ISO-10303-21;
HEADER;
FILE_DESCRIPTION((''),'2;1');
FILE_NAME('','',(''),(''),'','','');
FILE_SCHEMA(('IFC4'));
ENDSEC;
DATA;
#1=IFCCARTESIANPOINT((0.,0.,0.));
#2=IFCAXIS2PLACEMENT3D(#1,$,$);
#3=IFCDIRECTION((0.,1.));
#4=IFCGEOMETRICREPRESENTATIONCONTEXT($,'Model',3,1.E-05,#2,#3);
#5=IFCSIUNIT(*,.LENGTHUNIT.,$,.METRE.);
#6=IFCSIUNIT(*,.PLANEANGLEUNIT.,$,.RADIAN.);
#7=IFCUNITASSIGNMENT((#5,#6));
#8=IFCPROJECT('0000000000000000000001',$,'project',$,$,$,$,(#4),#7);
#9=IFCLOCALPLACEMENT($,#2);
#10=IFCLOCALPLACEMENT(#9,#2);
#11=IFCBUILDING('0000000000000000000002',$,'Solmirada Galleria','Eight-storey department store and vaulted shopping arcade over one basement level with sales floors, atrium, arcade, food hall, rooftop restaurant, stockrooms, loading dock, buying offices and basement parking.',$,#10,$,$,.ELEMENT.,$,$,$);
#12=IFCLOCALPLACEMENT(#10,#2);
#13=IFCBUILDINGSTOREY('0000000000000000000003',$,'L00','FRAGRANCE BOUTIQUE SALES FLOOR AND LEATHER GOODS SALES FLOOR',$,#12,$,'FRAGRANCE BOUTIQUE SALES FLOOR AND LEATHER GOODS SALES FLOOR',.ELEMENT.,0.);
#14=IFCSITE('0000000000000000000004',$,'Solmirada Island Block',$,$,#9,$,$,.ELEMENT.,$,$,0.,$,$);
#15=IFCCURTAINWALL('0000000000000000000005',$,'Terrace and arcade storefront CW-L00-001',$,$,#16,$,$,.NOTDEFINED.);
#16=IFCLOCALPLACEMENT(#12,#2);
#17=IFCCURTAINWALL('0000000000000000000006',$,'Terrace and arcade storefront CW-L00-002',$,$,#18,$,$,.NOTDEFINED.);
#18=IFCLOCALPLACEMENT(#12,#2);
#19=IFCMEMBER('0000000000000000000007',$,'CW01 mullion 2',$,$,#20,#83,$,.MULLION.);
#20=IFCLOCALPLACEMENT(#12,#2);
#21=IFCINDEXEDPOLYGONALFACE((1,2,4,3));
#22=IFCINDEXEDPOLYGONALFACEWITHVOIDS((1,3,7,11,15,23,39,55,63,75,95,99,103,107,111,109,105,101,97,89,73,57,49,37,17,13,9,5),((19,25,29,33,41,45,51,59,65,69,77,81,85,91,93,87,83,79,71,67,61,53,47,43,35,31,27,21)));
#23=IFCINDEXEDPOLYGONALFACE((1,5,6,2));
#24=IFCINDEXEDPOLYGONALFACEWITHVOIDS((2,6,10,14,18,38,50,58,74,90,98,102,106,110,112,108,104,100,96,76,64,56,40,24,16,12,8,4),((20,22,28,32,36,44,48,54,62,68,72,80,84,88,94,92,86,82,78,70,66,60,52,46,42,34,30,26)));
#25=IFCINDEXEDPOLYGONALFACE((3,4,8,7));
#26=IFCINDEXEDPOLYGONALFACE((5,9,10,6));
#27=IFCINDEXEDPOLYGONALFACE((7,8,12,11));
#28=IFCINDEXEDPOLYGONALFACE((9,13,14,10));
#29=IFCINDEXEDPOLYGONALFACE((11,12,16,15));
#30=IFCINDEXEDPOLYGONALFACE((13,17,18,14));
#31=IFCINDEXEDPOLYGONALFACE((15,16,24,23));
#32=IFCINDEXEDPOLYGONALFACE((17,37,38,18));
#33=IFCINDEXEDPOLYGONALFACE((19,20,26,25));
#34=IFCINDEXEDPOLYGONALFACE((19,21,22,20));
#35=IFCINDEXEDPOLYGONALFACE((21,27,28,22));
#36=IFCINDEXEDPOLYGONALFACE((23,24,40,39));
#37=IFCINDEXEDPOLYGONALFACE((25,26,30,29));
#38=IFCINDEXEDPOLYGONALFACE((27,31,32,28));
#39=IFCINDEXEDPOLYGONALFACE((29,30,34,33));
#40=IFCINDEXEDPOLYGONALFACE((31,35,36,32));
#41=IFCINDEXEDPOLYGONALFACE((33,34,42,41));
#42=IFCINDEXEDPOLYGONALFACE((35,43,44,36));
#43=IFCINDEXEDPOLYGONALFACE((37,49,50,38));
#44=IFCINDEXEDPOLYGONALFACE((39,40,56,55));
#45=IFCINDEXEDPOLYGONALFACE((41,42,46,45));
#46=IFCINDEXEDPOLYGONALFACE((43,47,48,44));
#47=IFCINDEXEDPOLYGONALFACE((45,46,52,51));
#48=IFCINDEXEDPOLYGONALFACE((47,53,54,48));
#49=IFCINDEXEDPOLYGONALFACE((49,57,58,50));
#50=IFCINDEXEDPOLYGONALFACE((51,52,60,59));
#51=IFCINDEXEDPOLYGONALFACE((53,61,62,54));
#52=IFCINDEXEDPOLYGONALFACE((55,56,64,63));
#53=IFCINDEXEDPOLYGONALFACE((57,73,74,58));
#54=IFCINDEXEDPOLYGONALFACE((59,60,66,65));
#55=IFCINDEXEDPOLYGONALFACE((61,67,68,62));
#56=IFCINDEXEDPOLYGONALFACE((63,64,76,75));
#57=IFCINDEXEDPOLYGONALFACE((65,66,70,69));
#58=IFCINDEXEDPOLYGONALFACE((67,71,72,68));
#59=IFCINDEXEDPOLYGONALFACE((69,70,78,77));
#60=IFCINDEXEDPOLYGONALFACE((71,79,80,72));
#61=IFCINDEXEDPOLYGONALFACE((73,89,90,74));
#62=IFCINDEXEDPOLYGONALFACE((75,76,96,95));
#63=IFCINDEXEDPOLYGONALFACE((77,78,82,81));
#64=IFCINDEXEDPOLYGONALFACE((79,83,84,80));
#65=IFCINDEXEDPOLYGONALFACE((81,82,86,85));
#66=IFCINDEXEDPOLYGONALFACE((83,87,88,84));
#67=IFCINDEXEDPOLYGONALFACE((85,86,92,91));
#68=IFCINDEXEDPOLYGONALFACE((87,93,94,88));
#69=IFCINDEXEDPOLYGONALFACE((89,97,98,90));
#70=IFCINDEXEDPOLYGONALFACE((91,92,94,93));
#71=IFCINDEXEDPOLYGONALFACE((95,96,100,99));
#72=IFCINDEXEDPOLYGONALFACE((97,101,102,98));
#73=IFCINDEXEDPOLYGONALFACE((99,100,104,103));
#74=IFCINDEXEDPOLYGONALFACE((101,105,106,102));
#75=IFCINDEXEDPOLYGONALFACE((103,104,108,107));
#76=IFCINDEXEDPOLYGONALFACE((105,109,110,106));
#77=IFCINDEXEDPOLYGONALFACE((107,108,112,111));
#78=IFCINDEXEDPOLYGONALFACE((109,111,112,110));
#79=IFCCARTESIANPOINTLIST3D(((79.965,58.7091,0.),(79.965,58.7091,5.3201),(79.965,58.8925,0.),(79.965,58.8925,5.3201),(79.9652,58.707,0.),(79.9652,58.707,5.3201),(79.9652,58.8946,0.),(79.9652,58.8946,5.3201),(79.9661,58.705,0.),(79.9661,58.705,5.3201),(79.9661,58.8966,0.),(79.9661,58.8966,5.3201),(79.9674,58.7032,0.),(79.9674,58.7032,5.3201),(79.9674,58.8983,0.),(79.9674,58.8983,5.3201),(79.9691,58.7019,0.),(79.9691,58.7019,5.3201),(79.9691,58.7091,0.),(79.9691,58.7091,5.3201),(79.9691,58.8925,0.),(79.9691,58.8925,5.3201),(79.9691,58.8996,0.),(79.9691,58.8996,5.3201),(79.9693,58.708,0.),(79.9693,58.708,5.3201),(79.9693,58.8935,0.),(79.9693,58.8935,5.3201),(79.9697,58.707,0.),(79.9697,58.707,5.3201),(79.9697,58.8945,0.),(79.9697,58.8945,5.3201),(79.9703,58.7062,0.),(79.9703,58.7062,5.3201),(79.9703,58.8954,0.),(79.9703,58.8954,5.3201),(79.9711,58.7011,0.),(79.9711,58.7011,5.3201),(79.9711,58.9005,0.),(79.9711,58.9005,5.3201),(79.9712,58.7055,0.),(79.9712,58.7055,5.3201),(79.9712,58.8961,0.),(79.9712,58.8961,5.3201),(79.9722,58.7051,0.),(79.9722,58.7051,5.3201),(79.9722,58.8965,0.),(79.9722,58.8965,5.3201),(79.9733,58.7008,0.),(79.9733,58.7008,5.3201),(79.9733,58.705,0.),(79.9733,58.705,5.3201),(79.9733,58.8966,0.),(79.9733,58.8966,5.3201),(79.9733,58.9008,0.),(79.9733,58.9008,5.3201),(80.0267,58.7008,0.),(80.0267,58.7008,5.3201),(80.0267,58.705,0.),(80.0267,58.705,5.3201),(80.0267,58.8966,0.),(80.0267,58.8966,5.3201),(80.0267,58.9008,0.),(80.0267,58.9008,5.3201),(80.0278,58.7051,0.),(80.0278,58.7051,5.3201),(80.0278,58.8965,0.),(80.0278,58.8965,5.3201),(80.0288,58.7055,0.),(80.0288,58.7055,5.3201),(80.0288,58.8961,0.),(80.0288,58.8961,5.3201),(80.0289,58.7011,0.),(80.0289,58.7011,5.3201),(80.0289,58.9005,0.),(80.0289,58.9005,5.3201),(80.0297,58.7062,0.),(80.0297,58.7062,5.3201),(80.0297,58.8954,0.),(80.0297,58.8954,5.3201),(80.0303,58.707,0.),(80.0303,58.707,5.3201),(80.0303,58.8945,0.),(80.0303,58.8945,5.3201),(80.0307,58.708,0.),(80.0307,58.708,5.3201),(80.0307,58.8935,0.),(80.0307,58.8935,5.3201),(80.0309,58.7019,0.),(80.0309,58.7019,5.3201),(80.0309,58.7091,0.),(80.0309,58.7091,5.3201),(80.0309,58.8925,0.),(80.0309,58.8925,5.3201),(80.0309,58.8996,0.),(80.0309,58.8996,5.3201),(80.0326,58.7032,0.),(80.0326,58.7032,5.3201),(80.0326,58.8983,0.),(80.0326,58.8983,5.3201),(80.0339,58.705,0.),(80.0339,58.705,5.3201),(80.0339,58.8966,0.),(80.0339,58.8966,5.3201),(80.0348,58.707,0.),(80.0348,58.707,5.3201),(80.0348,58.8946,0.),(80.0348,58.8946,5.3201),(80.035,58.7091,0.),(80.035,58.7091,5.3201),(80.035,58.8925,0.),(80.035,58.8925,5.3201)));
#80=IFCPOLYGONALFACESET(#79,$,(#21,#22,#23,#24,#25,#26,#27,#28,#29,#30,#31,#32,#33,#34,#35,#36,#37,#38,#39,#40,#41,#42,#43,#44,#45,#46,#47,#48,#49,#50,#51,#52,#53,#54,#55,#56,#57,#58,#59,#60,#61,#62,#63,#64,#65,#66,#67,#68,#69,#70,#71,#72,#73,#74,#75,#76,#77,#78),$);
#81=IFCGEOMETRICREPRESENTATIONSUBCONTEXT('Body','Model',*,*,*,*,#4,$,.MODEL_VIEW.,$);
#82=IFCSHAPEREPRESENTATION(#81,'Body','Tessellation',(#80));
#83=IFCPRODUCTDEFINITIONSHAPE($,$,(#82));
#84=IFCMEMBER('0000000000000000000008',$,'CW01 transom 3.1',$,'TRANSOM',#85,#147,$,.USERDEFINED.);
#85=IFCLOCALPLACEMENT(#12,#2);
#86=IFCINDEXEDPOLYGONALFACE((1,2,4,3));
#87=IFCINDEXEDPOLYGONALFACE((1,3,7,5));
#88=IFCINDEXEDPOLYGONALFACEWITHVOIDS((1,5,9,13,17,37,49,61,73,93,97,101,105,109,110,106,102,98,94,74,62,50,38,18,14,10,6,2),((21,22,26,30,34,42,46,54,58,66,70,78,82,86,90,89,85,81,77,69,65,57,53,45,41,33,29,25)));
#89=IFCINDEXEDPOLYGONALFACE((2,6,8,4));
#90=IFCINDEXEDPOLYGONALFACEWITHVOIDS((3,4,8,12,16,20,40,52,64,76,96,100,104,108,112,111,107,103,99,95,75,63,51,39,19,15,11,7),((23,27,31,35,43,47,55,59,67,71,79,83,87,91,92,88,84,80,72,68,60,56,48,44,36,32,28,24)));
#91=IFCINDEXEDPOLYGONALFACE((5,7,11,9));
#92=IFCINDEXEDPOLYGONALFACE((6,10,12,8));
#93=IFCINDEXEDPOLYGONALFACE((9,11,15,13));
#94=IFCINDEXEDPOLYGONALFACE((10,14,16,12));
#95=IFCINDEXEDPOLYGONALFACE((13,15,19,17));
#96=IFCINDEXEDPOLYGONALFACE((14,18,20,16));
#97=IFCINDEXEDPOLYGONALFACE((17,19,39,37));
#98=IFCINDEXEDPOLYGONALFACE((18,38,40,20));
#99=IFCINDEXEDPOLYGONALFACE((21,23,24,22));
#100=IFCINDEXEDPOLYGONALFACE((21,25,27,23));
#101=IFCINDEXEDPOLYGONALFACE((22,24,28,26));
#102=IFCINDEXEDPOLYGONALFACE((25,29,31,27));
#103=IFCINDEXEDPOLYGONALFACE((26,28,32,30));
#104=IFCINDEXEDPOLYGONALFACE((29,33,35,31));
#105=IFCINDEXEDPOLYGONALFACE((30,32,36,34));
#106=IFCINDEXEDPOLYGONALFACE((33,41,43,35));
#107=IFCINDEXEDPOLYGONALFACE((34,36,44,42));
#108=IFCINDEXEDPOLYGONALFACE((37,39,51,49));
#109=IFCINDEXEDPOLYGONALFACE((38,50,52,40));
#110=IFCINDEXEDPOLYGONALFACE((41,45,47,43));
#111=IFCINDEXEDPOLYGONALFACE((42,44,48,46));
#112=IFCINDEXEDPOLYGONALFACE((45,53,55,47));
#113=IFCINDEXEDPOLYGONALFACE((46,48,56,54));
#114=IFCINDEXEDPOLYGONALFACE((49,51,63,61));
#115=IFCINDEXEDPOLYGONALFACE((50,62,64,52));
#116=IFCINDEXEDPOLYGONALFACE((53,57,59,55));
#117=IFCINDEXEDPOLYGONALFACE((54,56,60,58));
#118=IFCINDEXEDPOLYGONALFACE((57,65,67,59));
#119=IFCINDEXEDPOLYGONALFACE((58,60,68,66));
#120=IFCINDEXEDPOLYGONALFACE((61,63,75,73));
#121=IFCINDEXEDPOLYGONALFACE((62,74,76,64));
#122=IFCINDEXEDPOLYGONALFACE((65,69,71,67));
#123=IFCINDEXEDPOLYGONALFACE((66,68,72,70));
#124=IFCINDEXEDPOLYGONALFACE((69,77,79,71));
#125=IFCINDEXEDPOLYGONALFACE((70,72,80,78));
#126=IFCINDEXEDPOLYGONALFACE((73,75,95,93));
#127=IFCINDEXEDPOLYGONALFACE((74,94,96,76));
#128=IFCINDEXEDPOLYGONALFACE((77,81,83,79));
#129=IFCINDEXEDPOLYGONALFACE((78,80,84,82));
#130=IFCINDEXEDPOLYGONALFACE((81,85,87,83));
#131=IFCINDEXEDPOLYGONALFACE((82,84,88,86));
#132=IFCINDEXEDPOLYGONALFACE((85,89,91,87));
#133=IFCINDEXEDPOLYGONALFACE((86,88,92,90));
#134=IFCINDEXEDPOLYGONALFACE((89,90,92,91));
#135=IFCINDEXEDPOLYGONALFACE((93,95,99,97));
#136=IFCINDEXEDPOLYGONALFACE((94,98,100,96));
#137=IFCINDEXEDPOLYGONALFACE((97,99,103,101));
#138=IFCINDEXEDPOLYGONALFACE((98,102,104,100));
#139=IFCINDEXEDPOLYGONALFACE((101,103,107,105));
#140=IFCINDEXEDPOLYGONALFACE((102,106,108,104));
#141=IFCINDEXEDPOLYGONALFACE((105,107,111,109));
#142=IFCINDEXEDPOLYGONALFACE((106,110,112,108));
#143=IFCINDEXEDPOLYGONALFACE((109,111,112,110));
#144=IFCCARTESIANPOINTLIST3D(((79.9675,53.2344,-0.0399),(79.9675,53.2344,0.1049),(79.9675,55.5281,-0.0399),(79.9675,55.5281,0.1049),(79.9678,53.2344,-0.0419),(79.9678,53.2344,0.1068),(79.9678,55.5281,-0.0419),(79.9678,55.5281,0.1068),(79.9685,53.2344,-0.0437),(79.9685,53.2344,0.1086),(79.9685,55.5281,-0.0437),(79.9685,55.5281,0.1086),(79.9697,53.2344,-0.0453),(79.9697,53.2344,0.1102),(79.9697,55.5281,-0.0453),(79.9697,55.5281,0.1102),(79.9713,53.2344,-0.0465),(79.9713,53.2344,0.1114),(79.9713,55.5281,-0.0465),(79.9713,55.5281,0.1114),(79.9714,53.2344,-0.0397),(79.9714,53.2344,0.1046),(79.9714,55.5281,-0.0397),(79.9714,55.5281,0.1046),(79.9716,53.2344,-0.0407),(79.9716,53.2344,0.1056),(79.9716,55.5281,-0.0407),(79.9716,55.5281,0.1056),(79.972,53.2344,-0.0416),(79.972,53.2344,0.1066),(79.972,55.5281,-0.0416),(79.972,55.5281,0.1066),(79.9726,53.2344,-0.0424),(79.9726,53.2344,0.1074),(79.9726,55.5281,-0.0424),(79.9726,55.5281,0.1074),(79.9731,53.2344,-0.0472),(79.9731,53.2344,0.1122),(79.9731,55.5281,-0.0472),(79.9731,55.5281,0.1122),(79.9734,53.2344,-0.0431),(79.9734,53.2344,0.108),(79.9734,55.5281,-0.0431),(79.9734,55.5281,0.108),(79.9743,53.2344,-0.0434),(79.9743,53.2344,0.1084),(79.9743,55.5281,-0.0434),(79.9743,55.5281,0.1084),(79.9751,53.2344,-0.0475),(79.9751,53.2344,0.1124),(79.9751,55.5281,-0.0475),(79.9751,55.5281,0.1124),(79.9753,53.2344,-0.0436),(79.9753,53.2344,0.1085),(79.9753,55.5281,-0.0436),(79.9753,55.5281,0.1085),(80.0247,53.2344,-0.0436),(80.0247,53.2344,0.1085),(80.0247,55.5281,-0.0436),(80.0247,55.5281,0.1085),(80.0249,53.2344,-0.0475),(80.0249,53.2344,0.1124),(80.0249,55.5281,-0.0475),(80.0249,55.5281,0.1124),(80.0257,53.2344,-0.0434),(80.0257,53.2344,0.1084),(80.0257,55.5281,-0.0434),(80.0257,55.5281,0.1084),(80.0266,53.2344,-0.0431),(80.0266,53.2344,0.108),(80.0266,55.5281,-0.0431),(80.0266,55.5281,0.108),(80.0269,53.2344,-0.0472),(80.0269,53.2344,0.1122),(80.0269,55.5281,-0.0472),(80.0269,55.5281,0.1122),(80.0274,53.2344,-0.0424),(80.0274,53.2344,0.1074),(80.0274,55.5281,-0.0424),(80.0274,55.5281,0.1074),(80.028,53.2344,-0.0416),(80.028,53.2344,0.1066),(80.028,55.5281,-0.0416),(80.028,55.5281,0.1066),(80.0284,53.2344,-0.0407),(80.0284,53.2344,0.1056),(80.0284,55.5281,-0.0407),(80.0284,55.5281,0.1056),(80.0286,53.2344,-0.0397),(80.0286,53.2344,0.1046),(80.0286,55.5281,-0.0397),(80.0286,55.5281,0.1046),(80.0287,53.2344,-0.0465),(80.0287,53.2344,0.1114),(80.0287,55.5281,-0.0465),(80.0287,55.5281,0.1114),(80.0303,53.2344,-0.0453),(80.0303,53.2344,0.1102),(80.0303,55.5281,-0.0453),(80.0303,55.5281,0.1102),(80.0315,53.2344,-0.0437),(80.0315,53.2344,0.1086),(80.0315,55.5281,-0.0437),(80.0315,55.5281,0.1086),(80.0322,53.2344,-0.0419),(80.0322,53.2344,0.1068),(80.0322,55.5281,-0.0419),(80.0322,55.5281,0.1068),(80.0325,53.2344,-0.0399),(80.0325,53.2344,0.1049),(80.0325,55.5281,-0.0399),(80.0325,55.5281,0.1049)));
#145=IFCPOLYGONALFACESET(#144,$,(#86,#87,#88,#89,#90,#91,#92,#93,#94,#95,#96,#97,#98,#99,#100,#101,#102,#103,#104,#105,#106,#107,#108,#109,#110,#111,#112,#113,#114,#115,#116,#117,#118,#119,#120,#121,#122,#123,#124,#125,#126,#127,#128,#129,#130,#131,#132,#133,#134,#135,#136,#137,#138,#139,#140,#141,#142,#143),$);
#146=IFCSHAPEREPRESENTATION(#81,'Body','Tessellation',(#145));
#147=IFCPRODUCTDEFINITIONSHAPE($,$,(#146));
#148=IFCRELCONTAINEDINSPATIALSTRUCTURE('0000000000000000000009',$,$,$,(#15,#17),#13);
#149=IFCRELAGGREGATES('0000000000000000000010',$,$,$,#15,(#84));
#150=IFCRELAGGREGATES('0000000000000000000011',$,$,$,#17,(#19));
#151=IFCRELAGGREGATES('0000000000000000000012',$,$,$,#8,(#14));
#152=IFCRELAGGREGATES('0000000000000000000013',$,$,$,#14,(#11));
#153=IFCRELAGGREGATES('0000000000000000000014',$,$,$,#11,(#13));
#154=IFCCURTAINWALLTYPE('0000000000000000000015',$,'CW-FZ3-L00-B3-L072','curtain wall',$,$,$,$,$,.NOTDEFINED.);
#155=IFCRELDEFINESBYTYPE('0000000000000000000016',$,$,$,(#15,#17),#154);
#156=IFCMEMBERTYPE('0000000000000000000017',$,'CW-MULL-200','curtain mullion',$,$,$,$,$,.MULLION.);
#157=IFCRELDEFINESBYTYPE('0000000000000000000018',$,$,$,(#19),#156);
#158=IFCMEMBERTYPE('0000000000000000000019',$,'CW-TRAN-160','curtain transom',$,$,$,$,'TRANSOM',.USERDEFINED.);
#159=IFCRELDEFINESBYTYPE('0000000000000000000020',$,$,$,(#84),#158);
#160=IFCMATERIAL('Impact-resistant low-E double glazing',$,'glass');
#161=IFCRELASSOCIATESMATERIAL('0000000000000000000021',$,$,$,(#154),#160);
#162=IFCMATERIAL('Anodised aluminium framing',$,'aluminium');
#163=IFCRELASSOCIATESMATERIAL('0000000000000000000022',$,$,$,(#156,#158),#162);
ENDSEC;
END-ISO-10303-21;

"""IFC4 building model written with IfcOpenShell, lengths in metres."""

from ifc_helpers import new_model, si_unit, direction, frame, origin, origin_2d, place, context, subcontext, project, spatial, hollow_rectangle, extrude, material, material_profile, profile_set, type_object, element, aggregate, save


model = new_model("IFC4")

# Units and contexts
model_context = context("Model", 3, precision=1e-05, world=origin(), true_north=direction((0.0, 1.0)))
body_context = subcontext(model_context, "Body", "Model", "MODEL_VIEW")
ifc_project = project(units=[si_unit("LENGTHUNIT", "METRE"), si_unit("PLANEANGLEUNIT", "RADIAN")], contexts=[model_context])

# Site, building, storey
site_placement = place(None, origin())
site = spatial("IfcSite", under=ifc_project, at=site_placement, Name="Solmirada Island Block", CompositionType="ELEMENT", RefElevation=0.0)
building_placement = place(site_placement, origin())
building = spatial("IfcBuilding", under=site, at=building_placement, Name="Solmirada Galleria", Description="Eight-storey department store and vaulted shopping arcade over one basement level with sales floors, atrium, arcade, food hall, rooftop restaurant, stockrooms, loading dock, buying offices and basement parking.", CompositionType="ELEMENT")
storey_placement = place(building_placement, origin())
storey = spatial("IfcBuildingStorey", under=building, at=storey_placement, Name="L00", Description="FRAGRANCE BOUTIQUE SALES FLOOR AND LEATHER GOODS SALES FLOOR", LongName="FRAGRANCE BOUTIQUE SALES FLOOR AND LEATHER GOODS SALES FLOOR", CompositionType="ELEMENT", Elevation=0.0)

# Curtain walls, member
ifc_material_1 = material(Name="Impact-resistant low-E double glazing", Category="glass")
curtain_wall_type = type_object("IfcCurtainWallType", Name="CW-FZ3-L00-B3-L072", Description="curtain wall", PredefinedType="NOTDEFINED", material=ifc_material_1)
curtain_wall_1_placement = place(storey_placement, origin())
curtain_wall_1 = element("IfcCurtainWall", 1, at=curtain_wall_1_placement, inside=storey, type_object=curtain_wall_type, Name="Terrace and arcade storefront CW-L00-001", PredefinedType="NOTDEFINED")
ifc_material_2 = material(Name="Anodised aluminium framing", Category="aluminium")
ifc_material_profile_1 = material_profile(ifc_material_2, hollow_rectangle(XDim=0.0701, YDim=0.2, WallThickness=0.0042, InnerFilletRadius=0.0042, OuterFilletRadius=0.0083, at=origin_2d()), Name="ALU-MULL-200X70")
ifc_profile_set_1 = profile_set([ifc_material_profile_1], Name="Anodised aluminium framing")
member_type_1 = type_object("IfcMemberType", Name="CW-MULL-200", Description="curtain mullion", PredefinedType="MULLION", material=ifc_profile_set_1)
curtain_wall_2_placement = place(storey_placement, origin())
curtain_wall_2 = element("IfcCurtainWall", 2, at=curtain_wall_2_placement, inside=storey, type_object=curtain_wall_type, Name="Terrace and arcade storefront CW-L00-002", PredefinedType="NOTDEFINED")
member_1_placement = place(storey_placement, frame((80.0, 58.8008, 0.0), z_axis=(0.0, 0.0, 1.0), x_axis=(-1.0, 0.0, 0.0)))
member_1 = element("IfcMember", 3, at=member_1_placement, type_object=member_type_1, Name="CW01 mullion 2", PredefinedType="MULLION", context=body_context, shape_type="SweptSolid", body=[
    extrude(hollow_rectangle(XDim=0.0701, YDim=0.2, WallThickness=0.0042, InnerFilletRadius=0.0042, OuterFilletRadius=0.0083, at=origin_2d()), origin(), (0.0, 0.0, 1.0), 5.3201),
])

# Member
ifc_material_profile_2 = material_profile(ifc_material_2, hollow_rectangle(XDim=0.0649, YDim=0.1599, WallThickness=0.0039, InnerFilletRadius=0.0039, OuterFilletRadius=0.0076, at=origin_2d()), Name="ALU-TRAN-160X65")
ifc_profile_set_2 = profile_set([ifc_material_profile_2], Name="Anodised aluminium framing")
member_type_2 = type_object("IfcMemberType", Name="CW-TRAN-160", Description="curtain transom", ElementType="TRANSOM", PredefinedType="USERDEFINED", material=ifc_profile_set_2)
member_2_placement = place(storey_placement, frame((80.0, 53.2344, 0.0325), z_axis=(0.0, 1.0, 0.0), x_axis=(-1.0, 0.0, 0.0)))
member_2 = element("IfcMember", 4, at=member_2_placement, type_object=member_type_2, Name="CW01 transom 3.1", ObjectType="TRANSOM", PredefinedType="USERDEFINED", context=body_context, shape_type="SweptSolid", body=[
    extrude(hollow_rectangle(XDim=0.0649, YDim=0.1599, WallThickness=0.0039, InnerFilletRadius=0.0039, OuterFilletRadius=0.0076, at=origin_2d()), origin(), (0.0, 0.0, 1.0), 2.2937),
])

aggregate(curtain_wall_1, [member_2])
aggregate(curtain_wall_2, [member_1])

save(model, "model.ifc")
